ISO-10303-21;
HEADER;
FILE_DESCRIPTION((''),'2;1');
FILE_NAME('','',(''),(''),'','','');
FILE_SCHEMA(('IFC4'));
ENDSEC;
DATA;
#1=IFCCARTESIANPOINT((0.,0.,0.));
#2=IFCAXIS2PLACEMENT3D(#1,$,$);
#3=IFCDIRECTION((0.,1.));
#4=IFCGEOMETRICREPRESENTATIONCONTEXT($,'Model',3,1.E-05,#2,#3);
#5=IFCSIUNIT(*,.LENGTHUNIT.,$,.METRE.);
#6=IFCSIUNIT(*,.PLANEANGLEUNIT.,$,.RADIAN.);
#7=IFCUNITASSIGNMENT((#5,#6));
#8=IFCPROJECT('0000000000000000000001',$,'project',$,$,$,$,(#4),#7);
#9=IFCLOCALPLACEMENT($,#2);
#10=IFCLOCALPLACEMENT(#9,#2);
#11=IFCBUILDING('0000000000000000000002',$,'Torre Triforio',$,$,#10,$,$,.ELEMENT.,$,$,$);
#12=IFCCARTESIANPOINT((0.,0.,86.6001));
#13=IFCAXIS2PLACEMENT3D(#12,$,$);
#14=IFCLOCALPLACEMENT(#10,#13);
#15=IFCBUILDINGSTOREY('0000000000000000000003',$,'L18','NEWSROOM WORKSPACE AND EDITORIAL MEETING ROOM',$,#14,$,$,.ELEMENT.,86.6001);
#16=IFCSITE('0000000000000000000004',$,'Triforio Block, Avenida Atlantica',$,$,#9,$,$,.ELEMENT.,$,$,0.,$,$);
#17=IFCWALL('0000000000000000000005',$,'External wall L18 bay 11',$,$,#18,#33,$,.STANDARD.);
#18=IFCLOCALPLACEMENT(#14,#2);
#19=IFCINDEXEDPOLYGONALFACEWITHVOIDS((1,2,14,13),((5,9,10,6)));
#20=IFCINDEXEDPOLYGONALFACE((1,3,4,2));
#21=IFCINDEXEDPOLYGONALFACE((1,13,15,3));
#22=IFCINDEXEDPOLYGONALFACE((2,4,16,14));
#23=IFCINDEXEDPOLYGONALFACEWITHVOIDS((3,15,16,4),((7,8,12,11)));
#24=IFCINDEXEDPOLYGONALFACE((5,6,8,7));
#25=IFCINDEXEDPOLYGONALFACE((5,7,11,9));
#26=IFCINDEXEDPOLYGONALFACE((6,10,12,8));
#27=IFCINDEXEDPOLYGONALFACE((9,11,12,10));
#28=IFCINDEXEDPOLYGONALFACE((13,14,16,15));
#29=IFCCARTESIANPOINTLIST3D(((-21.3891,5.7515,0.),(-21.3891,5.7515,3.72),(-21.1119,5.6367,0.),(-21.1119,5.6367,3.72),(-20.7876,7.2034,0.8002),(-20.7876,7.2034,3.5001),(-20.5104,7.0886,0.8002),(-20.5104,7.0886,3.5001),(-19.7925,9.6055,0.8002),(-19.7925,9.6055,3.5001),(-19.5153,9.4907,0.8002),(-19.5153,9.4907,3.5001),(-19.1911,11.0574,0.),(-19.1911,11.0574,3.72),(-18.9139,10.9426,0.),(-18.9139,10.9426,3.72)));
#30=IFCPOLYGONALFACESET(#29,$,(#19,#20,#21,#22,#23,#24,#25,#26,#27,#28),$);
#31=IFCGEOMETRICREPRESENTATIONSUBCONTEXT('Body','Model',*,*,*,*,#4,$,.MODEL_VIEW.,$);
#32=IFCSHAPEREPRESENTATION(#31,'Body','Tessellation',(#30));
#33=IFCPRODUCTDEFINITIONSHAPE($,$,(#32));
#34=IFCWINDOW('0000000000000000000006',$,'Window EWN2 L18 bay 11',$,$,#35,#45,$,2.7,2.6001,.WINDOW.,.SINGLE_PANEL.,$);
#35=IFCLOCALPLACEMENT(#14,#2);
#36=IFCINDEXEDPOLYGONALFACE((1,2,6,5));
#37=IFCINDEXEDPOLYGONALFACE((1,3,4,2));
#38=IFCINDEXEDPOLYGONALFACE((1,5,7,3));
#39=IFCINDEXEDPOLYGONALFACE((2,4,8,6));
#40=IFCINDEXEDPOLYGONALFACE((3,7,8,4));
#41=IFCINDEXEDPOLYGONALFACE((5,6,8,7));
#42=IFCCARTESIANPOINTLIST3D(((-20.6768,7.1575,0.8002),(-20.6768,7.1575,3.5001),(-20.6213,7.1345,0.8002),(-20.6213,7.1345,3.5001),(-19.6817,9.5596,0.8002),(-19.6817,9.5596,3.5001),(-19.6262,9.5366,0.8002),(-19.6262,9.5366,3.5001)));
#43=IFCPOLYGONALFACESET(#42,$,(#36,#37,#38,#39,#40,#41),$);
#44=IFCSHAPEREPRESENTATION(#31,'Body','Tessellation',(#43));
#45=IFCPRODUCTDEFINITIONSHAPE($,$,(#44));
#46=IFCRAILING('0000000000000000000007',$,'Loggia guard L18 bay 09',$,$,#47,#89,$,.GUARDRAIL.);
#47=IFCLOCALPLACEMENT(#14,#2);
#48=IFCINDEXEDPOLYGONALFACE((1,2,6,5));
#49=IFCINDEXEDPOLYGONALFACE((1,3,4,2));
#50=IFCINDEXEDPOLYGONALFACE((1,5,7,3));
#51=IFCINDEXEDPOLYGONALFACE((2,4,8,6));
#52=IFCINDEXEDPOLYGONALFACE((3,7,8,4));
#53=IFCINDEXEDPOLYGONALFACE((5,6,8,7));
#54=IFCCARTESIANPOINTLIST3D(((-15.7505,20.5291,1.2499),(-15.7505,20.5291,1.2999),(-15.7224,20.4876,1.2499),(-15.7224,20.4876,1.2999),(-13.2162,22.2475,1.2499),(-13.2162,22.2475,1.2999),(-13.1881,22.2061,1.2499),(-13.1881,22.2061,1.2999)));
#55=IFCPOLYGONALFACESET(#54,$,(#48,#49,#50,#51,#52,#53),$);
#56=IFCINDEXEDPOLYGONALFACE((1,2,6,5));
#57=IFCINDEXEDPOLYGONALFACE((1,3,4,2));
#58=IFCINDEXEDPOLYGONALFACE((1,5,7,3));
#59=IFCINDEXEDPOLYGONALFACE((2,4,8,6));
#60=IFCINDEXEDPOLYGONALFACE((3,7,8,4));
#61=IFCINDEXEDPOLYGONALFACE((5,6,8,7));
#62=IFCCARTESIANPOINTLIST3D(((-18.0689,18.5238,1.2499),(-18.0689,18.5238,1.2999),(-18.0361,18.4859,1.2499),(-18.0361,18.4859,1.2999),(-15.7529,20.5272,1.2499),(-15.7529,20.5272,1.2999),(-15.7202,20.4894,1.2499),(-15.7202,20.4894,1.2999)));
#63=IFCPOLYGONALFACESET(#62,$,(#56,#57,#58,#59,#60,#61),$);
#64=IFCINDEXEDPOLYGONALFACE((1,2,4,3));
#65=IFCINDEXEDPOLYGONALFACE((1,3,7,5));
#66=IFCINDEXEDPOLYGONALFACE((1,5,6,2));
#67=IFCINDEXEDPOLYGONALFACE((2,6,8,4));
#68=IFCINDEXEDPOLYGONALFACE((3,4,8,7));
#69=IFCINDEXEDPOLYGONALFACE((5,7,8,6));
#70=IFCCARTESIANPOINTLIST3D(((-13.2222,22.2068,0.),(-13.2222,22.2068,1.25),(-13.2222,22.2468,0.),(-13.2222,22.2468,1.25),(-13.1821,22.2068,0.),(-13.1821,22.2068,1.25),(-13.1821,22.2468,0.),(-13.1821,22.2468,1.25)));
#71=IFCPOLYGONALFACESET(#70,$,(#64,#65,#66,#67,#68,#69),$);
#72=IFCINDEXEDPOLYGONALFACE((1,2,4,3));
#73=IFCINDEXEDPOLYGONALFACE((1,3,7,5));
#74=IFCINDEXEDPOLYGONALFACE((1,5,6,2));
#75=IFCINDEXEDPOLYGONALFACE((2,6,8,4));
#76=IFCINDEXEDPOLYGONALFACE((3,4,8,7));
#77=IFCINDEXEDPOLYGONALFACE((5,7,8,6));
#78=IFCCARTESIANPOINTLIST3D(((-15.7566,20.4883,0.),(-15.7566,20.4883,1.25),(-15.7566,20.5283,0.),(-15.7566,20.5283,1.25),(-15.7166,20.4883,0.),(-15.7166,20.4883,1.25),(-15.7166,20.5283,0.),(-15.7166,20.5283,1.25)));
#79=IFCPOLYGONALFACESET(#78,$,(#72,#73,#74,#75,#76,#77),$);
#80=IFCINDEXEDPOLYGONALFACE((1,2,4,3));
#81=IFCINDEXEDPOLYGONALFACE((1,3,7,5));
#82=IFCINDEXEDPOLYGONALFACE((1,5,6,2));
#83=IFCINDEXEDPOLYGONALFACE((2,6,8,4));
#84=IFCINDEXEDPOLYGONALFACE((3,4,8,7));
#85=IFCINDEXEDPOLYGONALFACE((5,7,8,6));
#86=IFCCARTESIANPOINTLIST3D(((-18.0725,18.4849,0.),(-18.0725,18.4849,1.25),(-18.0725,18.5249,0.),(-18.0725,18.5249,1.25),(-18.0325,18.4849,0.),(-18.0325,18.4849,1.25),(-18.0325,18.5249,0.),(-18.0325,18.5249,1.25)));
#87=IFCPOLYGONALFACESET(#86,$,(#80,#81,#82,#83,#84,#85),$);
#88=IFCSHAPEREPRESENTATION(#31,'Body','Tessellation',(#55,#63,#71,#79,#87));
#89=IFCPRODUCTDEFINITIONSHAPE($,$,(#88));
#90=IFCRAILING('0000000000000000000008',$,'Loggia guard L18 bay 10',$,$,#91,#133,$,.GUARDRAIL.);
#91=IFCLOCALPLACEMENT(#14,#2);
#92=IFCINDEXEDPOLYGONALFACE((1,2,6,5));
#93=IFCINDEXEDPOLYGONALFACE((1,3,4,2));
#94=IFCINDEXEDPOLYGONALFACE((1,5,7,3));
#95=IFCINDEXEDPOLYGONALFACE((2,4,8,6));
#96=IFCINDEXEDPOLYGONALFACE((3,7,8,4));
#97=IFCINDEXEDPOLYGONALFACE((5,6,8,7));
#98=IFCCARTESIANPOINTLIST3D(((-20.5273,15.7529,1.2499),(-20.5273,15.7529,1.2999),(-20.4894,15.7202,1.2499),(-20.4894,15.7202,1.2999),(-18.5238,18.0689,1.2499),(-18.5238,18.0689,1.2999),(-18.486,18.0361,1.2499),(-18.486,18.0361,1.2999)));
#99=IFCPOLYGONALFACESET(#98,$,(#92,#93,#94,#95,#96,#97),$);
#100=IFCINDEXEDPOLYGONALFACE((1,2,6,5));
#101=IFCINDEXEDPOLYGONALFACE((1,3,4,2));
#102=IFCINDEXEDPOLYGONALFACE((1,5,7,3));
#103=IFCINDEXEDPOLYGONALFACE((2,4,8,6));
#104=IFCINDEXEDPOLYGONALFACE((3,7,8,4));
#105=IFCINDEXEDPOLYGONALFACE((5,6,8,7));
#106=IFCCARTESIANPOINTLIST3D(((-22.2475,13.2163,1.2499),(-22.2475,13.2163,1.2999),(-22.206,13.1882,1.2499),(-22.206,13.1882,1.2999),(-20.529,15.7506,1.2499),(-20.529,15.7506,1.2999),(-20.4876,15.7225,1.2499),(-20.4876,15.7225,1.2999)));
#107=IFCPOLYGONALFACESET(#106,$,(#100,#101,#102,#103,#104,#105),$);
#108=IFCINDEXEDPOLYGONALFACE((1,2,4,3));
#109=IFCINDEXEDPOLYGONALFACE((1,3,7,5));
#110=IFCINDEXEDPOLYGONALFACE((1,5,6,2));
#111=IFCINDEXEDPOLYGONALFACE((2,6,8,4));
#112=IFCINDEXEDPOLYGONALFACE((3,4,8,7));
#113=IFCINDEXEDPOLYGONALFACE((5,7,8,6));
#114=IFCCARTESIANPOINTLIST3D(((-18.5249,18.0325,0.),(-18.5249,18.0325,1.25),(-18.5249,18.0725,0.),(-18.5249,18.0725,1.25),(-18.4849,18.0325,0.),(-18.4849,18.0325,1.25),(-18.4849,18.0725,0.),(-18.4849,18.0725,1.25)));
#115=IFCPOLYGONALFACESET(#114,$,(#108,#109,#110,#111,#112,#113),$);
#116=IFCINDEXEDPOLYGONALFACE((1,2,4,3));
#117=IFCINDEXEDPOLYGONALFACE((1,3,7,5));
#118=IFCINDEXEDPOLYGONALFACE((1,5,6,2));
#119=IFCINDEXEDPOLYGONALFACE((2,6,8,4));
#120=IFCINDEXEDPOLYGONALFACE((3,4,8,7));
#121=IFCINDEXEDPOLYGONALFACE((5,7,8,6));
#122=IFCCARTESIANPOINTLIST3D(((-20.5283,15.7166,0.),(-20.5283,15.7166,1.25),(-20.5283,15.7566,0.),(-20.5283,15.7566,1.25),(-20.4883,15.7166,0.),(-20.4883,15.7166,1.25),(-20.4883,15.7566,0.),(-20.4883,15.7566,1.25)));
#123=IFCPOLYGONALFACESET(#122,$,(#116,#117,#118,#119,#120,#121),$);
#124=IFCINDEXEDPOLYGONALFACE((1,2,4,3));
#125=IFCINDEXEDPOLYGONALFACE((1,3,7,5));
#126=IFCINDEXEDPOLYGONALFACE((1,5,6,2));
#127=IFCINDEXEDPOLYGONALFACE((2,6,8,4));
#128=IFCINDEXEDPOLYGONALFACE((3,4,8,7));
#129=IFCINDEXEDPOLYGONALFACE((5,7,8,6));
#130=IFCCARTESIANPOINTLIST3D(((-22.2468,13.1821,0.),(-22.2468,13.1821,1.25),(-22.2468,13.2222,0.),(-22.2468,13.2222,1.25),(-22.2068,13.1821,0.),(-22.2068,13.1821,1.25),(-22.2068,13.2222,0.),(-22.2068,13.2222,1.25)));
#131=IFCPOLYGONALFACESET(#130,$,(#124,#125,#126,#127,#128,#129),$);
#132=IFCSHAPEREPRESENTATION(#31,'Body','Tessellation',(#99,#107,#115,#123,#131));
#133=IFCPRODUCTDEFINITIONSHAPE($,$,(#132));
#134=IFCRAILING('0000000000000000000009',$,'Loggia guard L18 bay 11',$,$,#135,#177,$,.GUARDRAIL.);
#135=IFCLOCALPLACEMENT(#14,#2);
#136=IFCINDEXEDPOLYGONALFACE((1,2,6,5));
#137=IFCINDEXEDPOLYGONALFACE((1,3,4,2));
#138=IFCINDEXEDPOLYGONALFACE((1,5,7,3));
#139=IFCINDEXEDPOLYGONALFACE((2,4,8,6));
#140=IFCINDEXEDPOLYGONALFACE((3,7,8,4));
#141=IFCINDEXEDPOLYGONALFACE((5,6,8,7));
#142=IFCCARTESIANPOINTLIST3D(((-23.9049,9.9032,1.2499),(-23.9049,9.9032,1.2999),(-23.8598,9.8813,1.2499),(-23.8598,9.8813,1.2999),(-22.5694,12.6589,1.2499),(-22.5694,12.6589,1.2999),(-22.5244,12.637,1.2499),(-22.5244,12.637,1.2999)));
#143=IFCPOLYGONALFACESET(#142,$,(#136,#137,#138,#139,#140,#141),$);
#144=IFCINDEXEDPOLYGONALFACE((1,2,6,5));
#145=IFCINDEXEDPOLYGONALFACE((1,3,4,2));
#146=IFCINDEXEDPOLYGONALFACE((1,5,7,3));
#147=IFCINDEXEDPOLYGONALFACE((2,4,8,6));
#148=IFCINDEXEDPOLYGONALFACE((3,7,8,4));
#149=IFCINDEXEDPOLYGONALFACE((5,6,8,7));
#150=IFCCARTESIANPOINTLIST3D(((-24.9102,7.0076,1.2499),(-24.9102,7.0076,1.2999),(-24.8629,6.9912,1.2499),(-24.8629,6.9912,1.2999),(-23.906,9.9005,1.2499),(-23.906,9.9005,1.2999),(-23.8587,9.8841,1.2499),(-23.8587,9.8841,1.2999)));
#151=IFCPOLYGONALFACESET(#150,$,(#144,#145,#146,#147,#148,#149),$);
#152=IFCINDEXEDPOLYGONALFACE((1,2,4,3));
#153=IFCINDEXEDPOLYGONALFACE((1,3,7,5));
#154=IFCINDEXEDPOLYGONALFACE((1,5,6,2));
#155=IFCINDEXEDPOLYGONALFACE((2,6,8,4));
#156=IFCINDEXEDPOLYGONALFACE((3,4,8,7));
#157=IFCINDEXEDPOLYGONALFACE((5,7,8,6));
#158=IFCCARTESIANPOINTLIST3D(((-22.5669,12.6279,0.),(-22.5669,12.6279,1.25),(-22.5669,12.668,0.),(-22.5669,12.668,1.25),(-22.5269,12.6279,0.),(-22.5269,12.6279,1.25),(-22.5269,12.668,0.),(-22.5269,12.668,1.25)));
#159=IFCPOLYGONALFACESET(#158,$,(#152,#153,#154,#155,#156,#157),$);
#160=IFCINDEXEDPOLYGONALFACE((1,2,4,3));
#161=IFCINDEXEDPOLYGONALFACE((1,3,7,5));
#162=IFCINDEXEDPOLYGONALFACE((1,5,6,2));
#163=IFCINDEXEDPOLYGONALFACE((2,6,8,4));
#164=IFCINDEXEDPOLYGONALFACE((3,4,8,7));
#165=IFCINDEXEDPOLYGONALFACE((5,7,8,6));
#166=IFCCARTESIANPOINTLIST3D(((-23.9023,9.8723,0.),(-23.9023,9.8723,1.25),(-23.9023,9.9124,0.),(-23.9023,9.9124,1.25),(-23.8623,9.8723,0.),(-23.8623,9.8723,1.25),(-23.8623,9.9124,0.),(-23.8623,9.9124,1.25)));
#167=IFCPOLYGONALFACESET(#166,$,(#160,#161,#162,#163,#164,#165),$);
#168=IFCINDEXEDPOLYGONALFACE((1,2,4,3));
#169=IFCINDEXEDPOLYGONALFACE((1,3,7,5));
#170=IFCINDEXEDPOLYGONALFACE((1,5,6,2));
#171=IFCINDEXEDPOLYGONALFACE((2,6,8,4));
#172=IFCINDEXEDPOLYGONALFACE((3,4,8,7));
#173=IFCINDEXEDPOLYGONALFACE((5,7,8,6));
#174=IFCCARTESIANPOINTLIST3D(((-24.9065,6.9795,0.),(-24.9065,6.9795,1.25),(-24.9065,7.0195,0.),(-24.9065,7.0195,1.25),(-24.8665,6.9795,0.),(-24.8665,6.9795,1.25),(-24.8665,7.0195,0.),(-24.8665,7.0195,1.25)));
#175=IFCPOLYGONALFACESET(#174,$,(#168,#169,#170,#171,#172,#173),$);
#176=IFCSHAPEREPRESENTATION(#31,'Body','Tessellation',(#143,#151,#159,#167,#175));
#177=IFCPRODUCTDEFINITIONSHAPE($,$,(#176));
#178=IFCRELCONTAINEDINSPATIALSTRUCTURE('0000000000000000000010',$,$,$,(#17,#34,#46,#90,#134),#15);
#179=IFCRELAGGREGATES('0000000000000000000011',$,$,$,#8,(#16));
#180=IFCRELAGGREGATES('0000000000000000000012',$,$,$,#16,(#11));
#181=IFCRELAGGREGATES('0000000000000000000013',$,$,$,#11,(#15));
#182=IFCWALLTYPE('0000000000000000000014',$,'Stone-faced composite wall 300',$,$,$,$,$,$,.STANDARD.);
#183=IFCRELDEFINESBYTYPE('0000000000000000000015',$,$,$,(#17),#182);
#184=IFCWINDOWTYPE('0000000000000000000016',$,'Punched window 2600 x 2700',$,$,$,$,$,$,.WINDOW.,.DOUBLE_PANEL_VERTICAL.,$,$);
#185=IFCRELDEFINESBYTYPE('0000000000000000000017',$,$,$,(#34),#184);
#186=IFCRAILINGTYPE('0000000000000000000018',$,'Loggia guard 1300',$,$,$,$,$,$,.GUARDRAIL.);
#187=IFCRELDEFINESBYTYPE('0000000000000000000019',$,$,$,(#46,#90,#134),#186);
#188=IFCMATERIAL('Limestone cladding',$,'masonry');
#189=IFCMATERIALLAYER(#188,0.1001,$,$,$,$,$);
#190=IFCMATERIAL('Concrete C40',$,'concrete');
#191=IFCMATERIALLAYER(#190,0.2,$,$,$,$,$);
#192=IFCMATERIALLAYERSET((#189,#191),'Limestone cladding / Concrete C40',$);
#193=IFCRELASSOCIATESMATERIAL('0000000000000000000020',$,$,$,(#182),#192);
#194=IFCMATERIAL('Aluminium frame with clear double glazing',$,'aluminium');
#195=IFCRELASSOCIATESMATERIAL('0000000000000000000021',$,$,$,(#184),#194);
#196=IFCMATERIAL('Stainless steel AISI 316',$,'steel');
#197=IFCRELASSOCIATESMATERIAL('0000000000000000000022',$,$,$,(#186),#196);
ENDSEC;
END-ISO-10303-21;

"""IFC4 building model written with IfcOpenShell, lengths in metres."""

from ifc_helpers import new_model, si_unit, direction, frame, frame_2d, origin, origin_2d, place, context, subcontext, project, spatial, rectangle, extrude, material, layer, layer_set, type_object, element, fill, save


model = new_model("IFC4")

# Units and contexts
model_context = context("Model", 3, precision=1e-05, world=origin(), true_north=direction((0.0, 1.0)))
body_context = subcontext(model_context, "Body", "Model", "MODEL_VIEW")
ifc_project = project(units=[si_unit("LENGTHUNIT", "METRE"), si_unit("PLANEANGLEUNIT", "RADIAN")], contexts=[model_context])

# Site, building, storey
site_placement = place(None, origin())
site = spatial("IfcSite", under=ifc_project, at=site_placement, Name="Triforio Block, Avenida Atlantica", CompositionType="ELEMENT", RefElevation=0.0)
building_placement = place(site_placement, origin())
building = spatial("IfcBuilding", under=site, at=building_placement, Name="Torre Triforio", CompositionType="ELEMENT")
storey_placement = place(building_placement, frame((0.0, 0.0, 86.6001)))
storey = spatial("IfcBuildingStorey", under=building, at=storey_placement, Name="L18", Description="NEWSROOM WORKSPACE AND EDITORIAL MEETING ROOM", CompositionType="ELEMENT", Elevation=86.6001)

# Shared definitions
ifc_material_1 = material(Name="Limestone cladding", Category="masonry")
ifc_material_2 = material(Name="Concrete C40", Category="concrete")

# Shared definitions
ifc_layer_1 = layer(ifc_material_1, 0.1001)
ifc_layer_2 = layer(ifc_material_2, 0.2)
ifc_layer_set_1 = layer_set([ifc_layer_1, ifc_layer_2], Name="Limestone cladding / Concrete C40")
wall_type_1 = type_object("IfcWallType", Name="Stone-faced composite wall 300", PredefinedType="STANDARD", material=ifc_layer_set_1)
ifc_material_3 = material(Name="Aluminium frame with clear double glazing", Category="aluminium")
window_type_1 = type_object("IfcWindowType", Name="Punched window 2600 x 2700", PartitioningType="DOUBLE_PANEL_VERTICAL", PredefinedType="WINDOW", material=ifc_material_3)

# Wall, opening, window
wall_1_placement = place(storey_placement, frame((-19.0525, 11.0, 0.0), z_axis=(0.0, 0.0, 1.0), x_axis=(-0.382716, -0.923866, 0.0)))
wall_1 = element("IfcWall", 1, at=wall_1_placement, inside=storey, type_object=wall_type_1, Name="External wall L18 bay 11", PredefinedType="STANDARD", context=body_context, shape_type="SweptSolid", body=[
    extrude(rectangle(XDim=5.7432, YDim=0.3, at=frame_2d((2.8716, 0.0))), origin(), (0.0, 0.0, 1.0), 3.72),
])
opening_1_placement = place(wall_1_placement, frame((1.5715, 0.0, 0.8)))
opening_1 = element("IfcOpeningElement", 2, at=opening_1_placement, cuts=wall_1, PredefinedType="OPENING", context=body_context, shape_type="SweptSolid", body=[
    extrude(rectangle(XDim=2.6001, YDim=2.7, at=frame_2d((1.3, 1.3501))), frame((0.0, 0.1599, 0.0), z_axis=(0.0, -1.0, 0.0), x_axis=(1.0, 0.0, 0.0)), (0.0, 0.0, 1.0), 0.3201),
])
window_1_placement = place(opening_1_placement, origin())
window_1 = element("IfcWindow", 3, at=window_1_placement, inside=storey, type_object=window_type_1, Name="Window EWN2 L18 bay 11", OverallHeight=2.7, OverallWidth=2.6001, PartitioningType="SINGLE_PANEL", PredefinedType="WINDOW", context=body_context, shape_type="SweptSolid", body=[
    extrude(rectangle(XDim=2.6001, YDim=2.7, at=frame_2d((1.3, 1.3501))), frame((0.0, 0.03, 0.0), z_axis=(0.0, -1.0, 0.0), x_axis=(1.0, 0.0, 0.0)), (0.0, 0.0, 1.0), 0.0601),
])
fill(opening_1, window_1)

# Railings
ifc_material_4 = material(Name="Stainless steel AISI 316", Category="steel")
railing_type = type_object("IfcRailingType", Name="Loggia guard 1300", PredefinedType="GUARDRAIL", material=ifc_material_4)
railing_1_placement = place(storey_placement, frame((-13.2021, 22.2268, 0.0)))
element("IfcRailing", 4, at=railing_1_placement, inside=storey, type_object=railing_type, Name="Loggia guard L18 bay 09", PredefinedType="GUARDRAIL", context=body_context, shape_type="SweptSolid", body=[
    extrude(rectangle(XDim=0.05, YDim=0.05, at=origin_2d()), frame((0.0, 0.0, 1.2749), z_axis=(-0.82767, -0.561215, 0.0), x_axis=(0.561215, -0.82767, 0.0)), (0.0, 0.0, 1.0), 3.062),
    extrude(rectangle(XDim=0.05, YDim=0.05, at=origin_2d()), frame((-2.5344, -1.7185, 1.2749), z_axis=(-0.756289, -0.654238, 0.0), x_axis=(0.654238, -0.756289, 0.0)), (0.0, 0.0, 1.0), 3.0623),
    extrude(rectangle(XDim=0.04, YDim=0.04, at=origin_2d()), origin(), (0.0, 0.0, 1.0), 1.25),
    extrude(rectangle(XDim=0.04, YDim=0.04, at=origin_2d()), frame((-2.5344, -1.7185, 0.0)), (0.0, 0.0, 1.0), 1.25),
    extrude(rectangle(XDim=0.04, YDim=0.04, at=origin_2d()), frame((-4.8503, -3.7219, 0.0)), (0.0, 0.0, 1.0), 1.25),
])
railing_2_placement = place(storey_placement, frame((-18.5049, 18.0525, 0.0)))
element("IfcRailing", 5, at=railing_2_placement, inside=storey, type_object=railing_type, Name="Loggia guard L18 bay 10", PredefinedType="GUARDRAIL", context=body_context, shape_type="SweptSolid", body=[
    extrude(rectangle(XDim=0.05, YDim=0.05, at=origin_2d()), frame((0.0, 0.0, 1.2749), z_axis=(-0.654238, -0.756289, 0.0), x_axis=(0.756289, -0.654238, 0.0)), (0.0, 0.0, 1.0), 3.0623),
    extrude(rectangle(XDim=0.05, YDim=0.05, at=origin_2d()), frame((-2.0034, -2.3159, 1.2749), z_axis=(-0.561215, -0.82767, 0.0), x_axis=(0.82767, -0.561215, 0.0)), (0.0, 0.0, 1.0), 3.062),
    extrude(rectangle(XDim=0.04, YDim=0.04, at=origin_2d()), origin(), (0.0, 0.0, 1.0), 1.25),
    extrude(rectangle(XDim=0.04, YDim=0.04, at=origin_2d()), frame((-2.0034, -2.3159, 0.0)), (0.0, 0.0, 1.0), 1.25),
    extrude(rectangle(XDim=0.04, YDim=0.04, at=origin_2d()), frame((-3.7219, -4.8503, 0.0)), (0.0, 0.0, 1.0), 1.25),
])
railing_3_placement = place(storey_placement, frame((-22.5469, 12.6479, 0.0)))
element("IfcRailing", 6, at=railing_3_placement, inside=storey, type_object=railing_type, Name="Loggia guard L18 bay 11", PredefinedType="GUARDRAIL", context=body_context, shape_type="SweptSolid", body=[
    extrude(rectangle(XDim=0.05, YDim=0.05, at=origin_2d()), frame((0.0, 0.0, 1.2749), z_axis=(-0.436113, -0.899892, 0.0), x_axis=(0.899892, -0.436113, 0.0)), (0.0, 0.0, 1.0), 3.0623),
    extrude(rectangle(XDim=0.05, YDim=0.05, at=origin_2d()), frame((-1.3354, -2.7556, 1.2749), z_axis=(-0.327924, -0.944704, 0.0), x_axis=(0.944704, -0.327924, 0.0)), (0.0, 0.0, 1.0), 3.0623),
    extrude(rectangle(XDim=0.04, YDim=0.04, at=origin_2d()), origin(), (0.0, 0.0, 1.0), 1.25),
    extrude(rectangle(XDim=0.04, YDim=0.04, at=origin_2d()), frame((-1.3354, -2.7556, 0.0)), (0.0, 0.0, 1.0), 1.25),
    extrude(rectangle(XDim=0.04, YDim=0.04, at=origin_2d()), frame((-2.3396, -5.6484, 0.0)), (0.0, 0.0, 1.0), 1.25),
])

save(model, "model.ifc")
